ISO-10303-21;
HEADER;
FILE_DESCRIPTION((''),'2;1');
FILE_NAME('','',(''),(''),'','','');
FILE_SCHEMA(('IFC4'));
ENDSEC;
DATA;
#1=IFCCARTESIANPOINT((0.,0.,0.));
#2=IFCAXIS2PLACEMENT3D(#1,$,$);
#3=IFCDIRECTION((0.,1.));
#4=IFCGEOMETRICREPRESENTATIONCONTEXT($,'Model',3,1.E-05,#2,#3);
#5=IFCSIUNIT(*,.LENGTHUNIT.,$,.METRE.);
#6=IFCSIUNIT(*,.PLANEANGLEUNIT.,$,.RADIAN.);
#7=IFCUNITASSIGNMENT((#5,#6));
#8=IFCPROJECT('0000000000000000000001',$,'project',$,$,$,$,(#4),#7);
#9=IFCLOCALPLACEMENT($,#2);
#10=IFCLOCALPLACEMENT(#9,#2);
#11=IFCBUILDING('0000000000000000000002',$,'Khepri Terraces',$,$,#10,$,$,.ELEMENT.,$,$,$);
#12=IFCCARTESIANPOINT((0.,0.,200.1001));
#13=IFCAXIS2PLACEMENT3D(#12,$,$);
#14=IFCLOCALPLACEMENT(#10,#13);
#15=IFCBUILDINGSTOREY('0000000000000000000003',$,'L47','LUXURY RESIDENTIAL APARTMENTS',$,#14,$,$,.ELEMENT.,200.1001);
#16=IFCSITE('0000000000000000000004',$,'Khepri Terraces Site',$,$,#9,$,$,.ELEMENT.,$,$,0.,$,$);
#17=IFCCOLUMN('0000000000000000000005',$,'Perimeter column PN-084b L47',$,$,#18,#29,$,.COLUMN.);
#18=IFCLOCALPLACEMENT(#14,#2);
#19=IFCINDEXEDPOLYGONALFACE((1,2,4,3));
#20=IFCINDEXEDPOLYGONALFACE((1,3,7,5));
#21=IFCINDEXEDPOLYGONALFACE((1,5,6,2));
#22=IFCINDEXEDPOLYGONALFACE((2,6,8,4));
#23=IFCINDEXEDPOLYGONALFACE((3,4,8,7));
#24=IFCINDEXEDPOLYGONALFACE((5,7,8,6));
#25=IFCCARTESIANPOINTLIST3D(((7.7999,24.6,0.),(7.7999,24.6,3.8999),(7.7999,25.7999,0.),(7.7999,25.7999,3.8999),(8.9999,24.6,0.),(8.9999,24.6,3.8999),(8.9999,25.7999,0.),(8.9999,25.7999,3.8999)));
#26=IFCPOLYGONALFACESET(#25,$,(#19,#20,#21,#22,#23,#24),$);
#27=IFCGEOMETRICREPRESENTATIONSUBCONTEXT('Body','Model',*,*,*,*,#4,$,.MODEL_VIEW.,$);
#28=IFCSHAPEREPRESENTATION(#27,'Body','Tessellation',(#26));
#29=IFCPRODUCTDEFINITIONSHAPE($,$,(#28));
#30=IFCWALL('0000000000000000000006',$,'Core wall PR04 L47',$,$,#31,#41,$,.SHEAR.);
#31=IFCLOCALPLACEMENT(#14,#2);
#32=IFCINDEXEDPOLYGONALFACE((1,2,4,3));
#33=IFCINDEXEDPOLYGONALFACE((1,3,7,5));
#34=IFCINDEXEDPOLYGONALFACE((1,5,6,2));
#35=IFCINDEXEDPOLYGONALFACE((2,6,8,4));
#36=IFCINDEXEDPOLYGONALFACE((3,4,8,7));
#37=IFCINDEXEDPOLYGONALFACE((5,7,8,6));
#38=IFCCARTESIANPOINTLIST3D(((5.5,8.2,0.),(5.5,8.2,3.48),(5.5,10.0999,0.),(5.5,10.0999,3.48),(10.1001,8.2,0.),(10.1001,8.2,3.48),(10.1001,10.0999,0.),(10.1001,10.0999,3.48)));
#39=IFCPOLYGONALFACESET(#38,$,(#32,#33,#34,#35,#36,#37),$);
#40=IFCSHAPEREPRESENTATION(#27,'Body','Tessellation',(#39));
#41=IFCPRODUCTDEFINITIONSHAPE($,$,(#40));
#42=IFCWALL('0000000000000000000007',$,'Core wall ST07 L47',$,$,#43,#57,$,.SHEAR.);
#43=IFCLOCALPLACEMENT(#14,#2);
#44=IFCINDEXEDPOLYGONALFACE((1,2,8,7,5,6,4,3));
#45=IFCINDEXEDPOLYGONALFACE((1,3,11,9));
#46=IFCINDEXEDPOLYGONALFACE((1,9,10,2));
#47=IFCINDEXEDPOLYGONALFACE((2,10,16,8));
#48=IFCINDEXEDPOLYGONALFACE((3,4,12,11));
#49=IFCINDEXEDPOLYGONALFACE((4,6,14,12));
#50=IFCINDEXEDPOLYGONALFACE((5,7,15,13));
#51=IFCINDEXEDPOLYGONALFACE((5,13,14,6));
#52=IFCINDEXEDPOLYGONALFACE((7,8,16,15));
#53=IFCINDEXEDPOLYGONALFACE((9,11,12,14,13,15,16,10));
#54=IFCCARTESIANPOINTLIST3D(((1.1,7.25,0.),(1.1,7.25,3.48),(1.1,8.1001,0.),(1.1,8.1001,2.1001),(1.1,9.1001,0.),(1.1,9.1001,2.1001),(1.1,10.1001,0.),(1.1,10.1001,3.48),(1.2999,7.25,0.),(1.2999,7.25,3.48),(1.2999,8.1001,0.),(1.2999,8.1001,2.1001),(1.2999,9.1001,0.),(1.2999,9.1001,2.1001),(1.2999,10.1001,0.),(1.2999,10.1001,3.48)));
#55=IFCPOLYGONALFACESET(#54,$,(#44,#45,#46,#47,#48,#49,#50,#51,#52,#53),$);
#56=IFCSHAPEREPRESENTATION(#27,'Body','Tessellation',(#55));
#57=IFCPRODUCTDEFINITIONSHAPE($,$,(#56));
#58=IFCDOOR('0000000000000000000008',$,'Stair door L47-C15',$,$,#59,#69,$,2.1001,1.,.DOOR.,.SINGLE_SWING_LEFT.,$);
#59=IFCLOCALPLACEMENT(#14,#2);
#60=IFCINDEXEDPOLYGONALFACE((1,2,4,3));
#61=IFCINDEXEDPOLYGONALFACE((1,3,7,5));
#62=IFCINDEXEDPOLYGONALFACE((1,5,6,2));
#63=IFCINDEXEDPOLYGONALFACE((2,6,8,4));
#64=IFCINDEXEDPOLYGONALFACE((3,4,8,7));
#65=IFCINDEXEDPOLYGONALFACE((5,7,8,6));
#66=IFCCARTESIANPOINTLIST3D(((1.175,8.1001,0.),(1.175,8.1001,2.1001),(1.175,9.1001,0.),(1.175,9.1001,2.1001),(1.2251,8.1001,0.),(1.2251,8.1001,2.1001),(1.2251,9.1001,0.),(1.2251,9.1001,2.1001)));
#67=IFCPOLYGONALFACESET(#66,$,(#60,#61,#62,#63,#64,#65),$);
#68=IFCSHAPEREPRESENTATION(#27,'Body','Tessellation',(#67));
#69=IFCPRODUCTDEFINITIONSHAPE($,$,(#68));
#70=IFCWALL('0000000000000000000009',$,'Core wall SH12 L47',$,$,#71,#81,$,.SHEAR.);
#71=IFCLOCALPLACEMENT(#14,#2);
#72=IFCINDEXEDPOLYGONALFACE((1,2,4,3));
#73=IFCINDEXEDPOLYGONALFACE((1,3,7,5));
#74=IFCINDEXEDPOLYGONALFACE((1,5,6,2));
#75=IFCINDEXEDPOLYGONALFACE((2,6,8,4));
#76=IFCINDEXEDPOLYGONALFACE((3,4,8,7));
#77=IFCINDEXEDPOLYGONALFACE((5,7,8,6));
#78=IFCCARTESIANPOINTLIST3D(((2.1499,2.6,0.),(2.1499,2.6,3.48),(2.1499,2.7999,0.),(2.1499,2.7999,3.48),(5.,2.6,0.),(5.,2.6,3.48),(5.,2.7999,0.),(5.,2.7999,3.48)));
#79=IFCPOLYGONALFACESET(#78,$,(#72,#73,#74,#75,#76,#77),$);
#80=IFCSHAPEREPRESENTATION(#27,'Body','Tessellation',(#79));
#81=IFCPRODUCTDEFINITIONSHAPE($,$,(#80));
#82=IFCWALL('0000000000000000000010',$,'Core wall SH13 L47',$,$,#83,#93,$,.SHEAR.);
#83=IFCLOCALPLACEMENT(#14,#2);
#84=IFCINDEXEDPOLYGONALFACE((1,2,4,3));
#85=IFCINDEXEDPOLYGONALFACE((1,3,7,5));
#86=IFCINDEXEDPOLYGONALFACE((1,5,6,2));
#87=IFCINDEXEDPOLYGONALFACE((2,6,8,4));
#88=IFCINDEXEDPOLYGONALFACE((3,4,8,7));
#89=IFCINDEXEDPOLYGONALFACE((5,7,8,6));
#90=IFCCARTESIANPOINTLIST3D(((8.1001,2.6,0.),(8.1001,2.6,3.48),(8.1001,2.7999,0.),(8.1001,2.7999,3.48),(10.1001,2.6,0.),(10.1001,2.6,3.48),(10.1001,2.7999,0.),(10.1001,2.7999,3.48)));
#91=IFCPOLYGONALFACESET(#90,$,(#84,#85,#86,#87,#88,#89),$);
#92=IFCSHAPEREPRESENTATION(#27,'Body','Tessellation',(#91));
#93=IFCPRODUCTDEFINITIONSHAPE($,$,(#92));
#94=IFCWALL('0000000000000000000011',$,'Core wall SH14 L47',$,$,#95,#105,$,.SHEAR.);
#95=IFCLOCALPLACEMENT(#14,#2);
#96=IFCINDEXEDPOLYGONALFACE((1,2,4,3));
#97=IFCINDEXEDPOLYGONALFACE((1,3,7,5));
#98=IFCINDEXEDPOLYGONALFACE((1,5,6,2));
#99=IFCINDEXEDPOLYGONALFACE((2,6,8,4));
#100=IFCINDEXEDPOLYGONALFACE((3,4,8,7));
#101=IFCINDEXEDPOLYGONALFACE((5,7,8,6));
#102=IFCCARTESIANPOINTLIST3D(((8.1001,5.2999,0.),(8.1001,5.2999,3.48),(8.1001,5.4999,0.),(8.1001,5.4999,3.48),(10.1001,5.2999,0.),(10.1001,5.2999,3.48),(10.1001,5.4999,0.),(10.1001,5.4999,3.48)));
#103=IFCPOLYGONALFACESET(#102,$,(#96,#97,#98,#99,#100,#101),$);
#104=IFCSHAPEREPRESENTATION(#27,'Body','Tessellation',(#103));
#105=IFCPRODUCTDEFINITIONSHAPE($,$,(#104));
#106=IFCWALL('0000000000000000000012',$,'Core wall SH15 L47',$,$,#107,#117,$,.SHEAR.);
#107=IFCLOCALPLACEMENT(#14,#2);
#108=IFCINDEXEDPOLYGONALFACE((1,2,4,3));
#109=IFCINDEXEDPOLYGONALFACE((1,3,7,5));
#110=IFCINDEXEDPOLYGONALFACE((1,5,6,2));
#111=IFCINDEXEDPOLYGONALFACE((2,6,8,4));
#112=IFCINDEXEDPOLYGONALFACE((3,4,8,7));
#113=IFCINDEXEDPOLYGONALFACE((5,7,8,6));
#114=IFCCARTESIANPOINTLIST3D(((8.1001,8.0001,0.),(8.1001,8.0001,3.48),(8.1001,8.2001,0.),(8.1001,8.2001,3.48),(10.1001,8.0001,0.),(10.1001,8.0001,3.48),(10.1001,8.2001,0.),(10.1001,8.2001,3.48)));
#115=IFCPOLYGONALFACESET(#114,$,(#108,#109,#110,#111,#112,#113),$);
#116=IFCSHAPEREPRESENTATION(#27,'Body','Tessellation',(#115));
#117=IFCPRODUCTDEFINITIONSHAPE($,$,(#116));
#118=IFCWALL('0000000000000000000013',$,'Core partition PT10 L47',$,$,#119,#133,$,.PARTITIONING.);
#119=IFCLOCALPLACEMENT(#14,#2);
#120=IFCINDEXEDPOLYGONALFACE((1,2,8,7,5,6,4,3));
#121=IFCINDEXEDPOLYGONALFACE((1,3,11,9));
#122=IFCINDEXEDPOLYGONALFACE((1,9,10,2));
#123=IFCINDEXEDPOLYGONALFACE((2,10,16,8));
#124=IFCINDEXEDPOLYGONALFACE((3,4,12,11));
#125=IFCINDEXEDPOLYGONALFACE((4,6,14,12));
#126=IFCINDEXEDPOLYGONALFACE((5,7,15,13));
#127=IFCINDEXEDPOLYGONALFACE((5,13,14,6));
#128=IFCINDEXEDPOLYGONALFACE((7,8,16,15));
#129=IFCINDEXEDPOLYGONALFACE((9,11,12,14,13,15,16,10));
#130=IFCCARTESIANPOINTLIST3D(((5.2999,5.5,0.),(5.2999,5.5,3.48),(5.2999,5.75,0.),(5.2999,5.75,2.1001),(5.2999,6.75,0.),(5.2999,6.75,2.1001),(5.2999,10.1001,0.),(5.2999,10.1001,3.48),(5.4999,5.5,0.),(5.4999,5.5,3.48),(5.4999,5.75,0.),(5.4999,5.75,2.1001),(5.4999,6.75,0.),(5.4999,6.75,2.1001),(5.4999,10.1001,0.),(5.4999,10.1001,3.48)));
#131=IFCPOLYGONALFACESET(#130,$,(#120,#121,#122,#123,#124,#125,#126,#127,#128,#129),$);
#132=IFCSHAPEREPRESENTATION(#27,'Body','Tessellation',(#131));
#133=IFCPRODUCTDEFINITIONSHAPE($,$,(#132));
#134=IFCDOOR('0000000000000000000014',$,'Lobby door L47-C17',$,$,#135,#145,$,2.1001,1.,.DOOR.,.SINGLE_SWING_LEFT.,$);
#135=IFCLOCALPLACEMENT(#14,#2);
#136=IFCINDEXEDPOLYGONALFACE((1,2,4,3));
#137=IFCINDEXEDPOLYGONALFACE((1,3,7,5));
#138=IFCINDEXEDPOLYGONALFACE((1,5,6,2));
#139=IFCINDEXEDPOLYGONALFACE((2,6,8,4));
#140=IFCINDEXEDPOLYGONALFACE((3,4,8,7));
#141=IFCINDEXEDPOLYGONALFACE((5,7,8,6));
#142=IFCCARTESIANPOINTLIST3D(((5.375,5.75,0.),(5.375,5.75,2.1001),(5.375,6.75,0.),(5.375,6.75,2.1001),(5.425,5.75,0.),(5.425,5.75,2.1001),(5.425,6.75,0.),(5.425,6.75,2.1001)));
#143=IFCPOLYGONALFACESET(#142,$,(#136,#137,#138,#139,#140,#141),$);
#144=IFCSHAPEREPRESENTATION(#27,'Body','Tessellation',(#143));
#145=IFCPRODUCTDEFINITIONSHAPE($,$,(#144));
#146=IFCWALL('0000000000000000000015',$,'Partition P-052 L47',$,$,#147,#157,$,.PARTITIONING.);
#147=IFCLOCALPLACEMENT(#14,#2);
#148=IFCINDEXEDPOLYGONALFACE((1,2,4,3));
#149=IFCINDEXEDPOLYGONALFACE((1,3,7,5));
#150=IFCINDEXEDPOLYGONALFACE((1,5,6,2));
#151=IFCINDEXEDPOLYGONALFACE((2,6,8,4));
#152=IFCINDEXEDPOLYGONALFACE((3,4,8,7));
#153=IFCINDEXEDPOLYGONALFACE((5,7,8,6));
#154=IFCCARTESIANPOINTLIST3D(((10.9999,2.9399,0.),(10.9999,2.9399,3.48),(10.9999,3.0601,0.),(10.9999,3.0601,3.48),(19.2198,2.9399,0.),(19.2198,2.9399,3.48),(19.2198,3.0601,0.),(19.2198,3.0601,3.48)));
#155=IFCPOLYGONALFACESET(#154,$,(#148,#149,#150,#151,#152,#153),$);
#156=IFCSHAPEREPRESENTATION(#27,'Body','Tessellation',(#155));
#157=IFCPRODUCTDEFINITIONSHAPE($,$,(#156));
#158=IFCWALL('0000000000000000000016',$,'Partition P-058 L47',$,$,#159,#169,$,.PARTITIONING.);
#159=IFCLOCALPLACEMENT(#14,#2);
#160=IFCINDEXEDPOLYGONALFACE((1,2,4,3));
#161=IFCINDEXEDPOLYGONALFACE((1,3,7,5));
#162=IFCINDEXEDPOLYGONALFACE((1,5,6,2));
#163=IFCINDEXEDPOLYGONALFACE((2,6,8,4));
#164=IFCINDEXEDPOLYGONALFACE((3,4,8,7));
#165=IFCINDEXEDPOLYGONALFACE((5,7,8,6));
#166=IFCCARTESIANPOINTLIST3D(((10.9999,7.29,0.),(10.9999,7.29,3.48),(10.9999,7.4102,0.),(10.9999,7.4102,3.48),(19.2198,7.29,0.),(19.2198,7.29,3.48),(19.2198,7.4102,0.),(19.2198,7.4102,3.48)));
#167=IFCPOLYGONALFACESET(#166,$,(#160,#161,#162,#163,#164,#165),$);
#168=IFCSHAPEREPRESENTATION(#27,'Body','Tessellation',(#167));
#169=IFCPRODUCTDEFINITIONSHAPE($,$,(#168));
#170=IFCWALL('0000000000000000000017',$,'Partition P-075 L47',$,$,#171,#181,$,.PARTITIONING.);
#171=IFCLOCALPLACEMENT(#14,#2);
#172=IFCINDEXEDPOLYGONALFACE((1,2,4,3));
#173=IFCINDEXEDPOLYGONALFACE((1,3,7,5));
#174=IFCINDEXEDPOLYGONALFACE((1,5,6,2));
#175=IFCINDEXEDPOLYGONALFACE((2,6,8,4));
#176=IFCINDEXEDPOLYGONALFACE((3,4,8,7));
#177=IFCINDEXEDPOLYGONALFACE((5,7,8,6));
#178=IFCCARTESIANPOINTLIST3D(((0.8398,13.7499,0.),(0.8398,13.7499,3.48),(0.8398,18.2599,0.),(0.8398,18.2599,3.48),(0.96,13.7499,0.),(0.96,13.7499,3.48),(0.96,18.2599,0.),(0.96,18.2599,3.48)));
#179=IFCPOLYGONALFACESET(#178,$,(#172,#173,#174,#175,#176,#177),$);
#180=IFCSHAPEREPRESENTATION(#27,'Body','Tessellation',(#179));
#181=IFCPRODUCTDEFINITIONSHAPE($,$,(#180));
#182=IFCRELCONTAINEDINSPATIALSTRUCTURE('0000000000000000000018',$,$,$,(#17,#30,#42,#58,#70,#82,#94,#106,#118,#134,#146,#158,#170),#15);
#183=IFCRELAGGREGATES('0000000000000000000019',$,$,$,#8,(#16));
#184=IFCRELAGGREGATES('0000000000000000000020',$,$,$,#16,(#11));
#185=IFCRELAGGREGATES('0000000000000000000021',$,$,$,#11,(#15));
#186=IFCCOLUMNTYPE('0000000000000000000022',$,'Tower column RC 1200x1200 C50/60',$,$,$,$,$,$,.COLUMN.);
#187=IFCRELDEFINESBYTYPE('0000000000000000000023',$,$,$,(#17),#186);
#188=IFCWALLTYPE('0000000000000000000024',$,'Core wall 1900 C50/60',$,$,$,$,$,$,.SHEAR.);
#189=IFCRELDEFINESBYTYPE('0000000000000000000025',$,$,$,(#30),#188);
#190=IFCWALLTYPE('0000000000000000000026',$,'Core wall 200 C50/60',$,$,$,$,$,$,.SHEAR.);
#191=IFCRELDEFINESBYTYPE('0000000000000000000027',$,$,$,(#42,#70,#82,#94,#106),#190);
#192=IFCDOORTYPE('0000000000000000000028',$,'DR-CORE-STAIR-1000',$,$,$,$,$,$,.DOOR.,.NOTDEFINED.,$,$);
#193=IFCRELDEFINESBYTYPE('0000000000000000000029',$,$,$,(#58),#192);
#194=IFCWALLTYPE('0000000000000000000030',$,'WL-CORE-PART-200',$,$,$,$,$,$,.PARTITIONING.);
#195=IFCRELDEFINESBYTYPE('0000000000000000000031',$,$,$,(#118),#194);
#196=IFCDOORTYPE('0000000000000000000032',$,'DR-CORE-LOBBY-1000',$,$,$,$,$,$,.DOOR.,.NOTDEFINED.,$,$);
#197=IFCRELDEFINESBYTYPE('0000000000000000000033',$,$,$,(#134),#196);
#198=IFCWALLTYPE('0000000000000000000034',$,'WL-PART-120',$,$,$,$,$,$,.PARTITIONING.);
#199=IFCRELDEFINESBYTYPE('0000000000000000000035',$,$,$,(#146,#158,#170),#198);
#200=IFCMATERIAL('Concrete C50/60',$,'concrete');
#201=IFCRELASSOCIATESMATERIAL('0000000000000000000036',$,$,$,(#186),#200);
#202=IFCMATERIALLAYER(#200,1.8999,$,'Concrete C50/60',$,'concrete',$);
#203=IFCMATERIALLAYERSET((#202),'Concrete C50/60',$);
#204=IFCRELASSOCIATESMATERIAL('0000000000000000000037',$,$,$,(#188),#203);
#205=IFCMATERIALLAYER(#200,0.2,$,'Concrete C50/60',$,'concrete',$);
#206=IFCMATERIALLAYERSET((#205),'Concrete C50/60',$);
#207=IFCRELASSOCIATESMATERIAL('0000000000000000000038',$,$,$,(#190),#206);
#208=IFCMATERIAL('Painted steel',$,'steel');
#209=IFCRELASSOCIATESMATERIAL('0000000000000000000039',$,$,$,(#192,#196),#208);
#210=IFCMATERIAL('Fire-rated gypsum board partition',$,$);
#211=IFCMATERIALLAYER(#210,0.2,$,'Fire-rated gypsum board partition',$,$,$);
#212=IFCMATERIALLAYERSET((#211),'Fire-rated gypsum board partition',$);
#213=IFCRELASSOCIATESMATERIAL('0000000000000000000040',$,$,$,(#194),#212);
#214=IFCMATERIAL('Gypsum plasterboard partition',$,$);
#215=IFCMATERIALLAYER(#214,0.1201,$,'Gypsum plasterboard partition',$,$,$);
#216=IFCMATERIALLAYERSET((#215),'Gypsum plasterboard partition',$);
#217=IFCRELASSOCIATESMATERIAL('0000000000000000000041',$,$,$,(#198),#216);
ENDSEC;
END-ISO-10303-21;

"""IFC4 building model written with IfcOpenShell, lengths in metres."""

from ifc_helpers import new_model, si_unit, direction, frame, frame_2d, origin, origin_2d, place, context, subcontext, project, spatial, rectangle, extrude, material, layer, layer_set, material_profile, profile_set, type_object, element, fill, save


model = new_model("IFC4")

# Units and contexts
model_context = context("Model", 3, precision=1e-05, world=origin(), true_north=direction((0.0, 1.0)))
body_context = subcontext(model_context, "Body", "Model", "MODEL_VIEW")
ifc_project = project(units=[si_unit("LENGTHUNIT", "METRE"), si_unit("PLANEANGLEUNIT", "RADIAN")], contexts=[model_context])

# Site, building, storey
site_placement = place(None, origin())
site = spatial("IfcSite", under=ifc_project, at=site_placement, Name="Khepri Terraces Site", CompositionType="ELEMENT", RefElevation=0.0)
building_placement = place(site_placement, origin())
building = spatial("IfcBuilding", under=site, at=building_placement, Name="Khepri Terraces", CompositionType="ELEMENT")
storey_placement = place(building_placement, frame((0.0, 0.0, 200.1001)))
storey = spatial("IfcBuildingStorey", under=building, at=storey_placement, Name="L47", Description="LUXURY RESIDENTIAL APARTMENTS", CompositionType="ELEMENT", Elevation=200.1001)

# Column
ifc_material_1 = material(Name="Concrete C50/60", Category="concrete")
ifc_material_profile = material_profile(ifc_material_1, rectangle(XDim=1.2, YDim=1.2, at=origin_2d()), Name="Concrete C50/60", Category="concrete")
ifc_profile_set = profile_set([ifc_material_profile], Name="Concrete C50/60")
column_type = type_object("IfcColumnType", Name="Tower column RC 1200x1200 C50/60", PredefinedType="COLUMN", material=ifc_profile_set)
column_placement = place(storey_placement, frame((8.3999, 25.2, 0.0), z_axis=(0.0, 0.0, 1.0), x_axis=(1.0, 0.0, 0.0)))
element("IfcColumn", 1, at=column_placement, inside=storey, type_object=column_type, Name="Perimeter column PN-084b L47", PredefinedType="COLUMN", context=body_context, shape_type="SweptSolid", body=[
    extrude(rectangle(XDim=1.2, YDim=1.2, at=origin_2d()), origin(), (0.0, 0.0, 1.0), 3.8999),
])

# Wall
ifc_layer_1 = layer(ifc_material_1, 1.8999, Name="Concrete C50/60", Category="concrete")
ifc_layer_set_1 = layer_set([ifc_layer_1], Name="Concrete C50/60")
wall_type_1 = type_object("IfcWallType", Name="Core wall 1900 C50/60", PredefinedType="SHEAR", material=ifc_layer_set_1)
wall_1_placement = place(storey_placement, frame((5.5, 9.1499, 0.0), z_axis=(0.0, 0.0, 1.0), x_axis=(1.0, 0.0, 0.0)))
element("IfcWall", 2, at=wall_1_placement, inside=storey, type_object=wall_type_1, Name="Core wall PR04 L47", PredefinedType="SHEAR", context=body_context, shape_type="SweptSolid", body=[
    extrude(rectangle(XDim=4.6001, YDim=1.8999, at=frame_2d((2.3, 0.0))), origin(), (0.0, 0.0, 1.0), 3.48),
])

# Wall, opening, door
ifc_layer_2 = layer(ifc_material_1, 0.2, Name="Concrete C50/60", Category="concrete")
ifc_layer_set_2 = layer_set([ifc_layer_2], Name="Concrete C50/60")
wall_type_2 = type_object("IfcWallType", Name="Core wall 200 C50/60", PredefinedType="SHEAR", material=ifc_layer_set_2)
wall_2_placement = place(storey_placement, frame((1.2, 7.25, 0.0), z_axis=(0.0, 0.0, 1.0), x_axis=(0.0, 1.0, 0.0)))
wall_2 = element("IfcWall", 3, at=wall_2_placement, inside=storey, type_object=wall_type_2, Name="Core wall ST07 L47", PredefinedType="SHEAR", context=body_context, shape_type="SweptSolid", body=[
    extrude(rectangle(XDim=2.8501, YDim=0.2, at=frame_2d((1.425, 0.0))), origin(), (0.0, 0.0, 1.0), 3.48),
])
opening_1_placement = place(wall_2_placement, frame((0.8501, 0.0, 0.0)))
opening_1 = element("IfcOpeningElement", 4, at=opening_1_placement, cuts=wall_2, PredefinedType="OPENING", context=body_context, shape_type="SweptSolid", body=[
    extrude(rectangle(XDim=1.0, YDim=2.1001, at=frame_2d((0.5, 1.05))), frame((0.0, 0.1099, 0.0), z_axis=(0.0, -1.0, 0.0), x_axis=(1.0, 0.0, 0.0)), (0.0, 0.0, 1.0), 0.22),
])
ifc_material_2 = material(Name="Painted steel", Category="steel")
door_type_1 = type_object("IfcDoorType", Name="DR-CORE-STAIR-1000", OperationType="NOTDEFINED", PredefinedType="DOOR", material=ifc_material_2)
door_1_placement = place(opening_1_placement, origin())
door_1 = element("IfcDoor", 5, at=door_1_placement, inside=storey, type_object=door_type_1, Name="Stair door L47-C15", OperationType="SINGLE_SWING_LEFT", OverallHeight=2.1001, OverallWidth=1.0, PredefinedType="DOOR", context=body_context, shape_type="SweptSolid", body=[
    extrude(rectangle(XDim=1.0, YDim=2.1001, at=frame_2d((0.5, 1.05))), frame((0.0, 0.0249, 0.0), z_axis=(0.0, -1.0, 0.0), x_axis=(1.0, 0.0, 0.0)), (0.0, 0.0, 1.0), 0.05),
])
fill(opening_1, door_1)

# Walls
wall_3_placement = place(storey_placement, frame((2.1499, 2.7, 0.0), z_axis=(0.0, 0.0, 1.0), x_axis=(1.0, 0.0, 0.0)))
element("IfcWall", 6, at=wall_3_placement, inside=storey, type_object=wall_type_2, Name="Core wall SH12 L47", PredefinedType="SHEAR", context=body_context, shape_type="SweptSolid", body=[
    extrude(rectangle(XDim=2.8501, YDim=0.2, at=frame_2d((1.425, 0.0))), origin(), (0.0, 0.0, 1.0), 3.48),
])
for number, where, z_axis, x_axis, name in (
    (7, (8.1001, 2.7, 0.0), (0.0, 0.0, 1.0), (1.0, 0.0, 0.0), "Core wall SH13 L47"),
    (8, (8.1001, 5.3999, 0.0), (0.0, 0.0, 1.0), (1.0, 0.0, 0.0), "Core wall SH14 L47"),
    (9, (8.1001, 8.1001, 0.0), (0.0, 0.0, 1.0), (1.0, 0.0, 0.0), "Core wall SH15 L47"),
):
    element("IfcWall", number, at=place(storey_placement, frame(where, z_axis=z_axis, x_axis=x_axis)), inside=storey, type_object=wall_type_2, Name=name, PredefinedType="SHEAR", context=body_context, shape_type="SweptSolid", body=[
        extrude(rectangle(XDim=2.0, YDim=0.2, at=frame_2d((1.0, 0.0))), origin(), (0.0, 0.0, 1.0), 3.48),
    ])

# Wall, opening, door
ifc_material_3 = material(Name="Fire-rated gypsum board partition")
ifc_layer_3 = layer(ifc_material_3, 0.2, Name="Fire-rated gypsum board partition")
ifc_layer_set_3 = layer_set([ifc_layer_3], Name="Fire-rated gypsum board partition")
wall_type_3 = type_object("IfcWallType", Name="WL-CORE-PART-200", PredefinedType="PARTITIONING", material=ifc_layer_set_3)
wall_4_placement = place(storey_placement, frame((5.3999, 5.5, 0.0), z_axis=(0.0, 0.0, 1.0), x_axis=(0.0, 1.0, 0.0)))
wall_4 = element("IfcWall", 10, at=wall_4_placement, inside=storey, type_object=wall_type_3, Name="Core partition PT10 L47", PredefinedType="PARTITIONING", context=body_context, shape_type="SweptSolid", body=[
    extrude(rectangle(XDim=4.6001, YDim=0.2, at=frame_2d((2.3, 0.0))), origin(), (0.0, 0.0, 1.0), 3.48),
])
opening_2_placement = place(wall_4_placement, frame((0.25, 0.0, 0.0)))
opening_2 = element("IfcOpeningElement", 11, at=opening_2_placement, cuts=wall_4, PredefinedType="OPENING", context=body_context, shape_type="SweptSolid", body=[
    extrude(rectangle(XDim=1.0, YDim=2.1001, at=frame_2d((0.5, 1.05))), frame((0.0, 0.1099, 0.0), z_axis=(0.0, -1.0, 0.0), x_axis=(1.0, 0.0, 0.0)), (0.0, 0.0, 1.0), 0.22),
])
door_type_2 = type_object("IfcDoorType", Name="DR-CORE-LOBBY-1000", OperationType="NOTDEFINED", PredefinedType="DOOR", material=ifc_material_2)
door_2_placement = place(opening_2_placement, origin())
door_2 = element("IfcDoor", 12, at=door_2_placement, inside=storey, type_object=door_type_2, Name="Lobby door L47-C17", OperationType="SINGLE_SWING_LEFT", OverallHeight=2.1001, OverallWidth=1.0, PredefinedType="DOOR", context=body_context, shape_type="SweptSolid", body=[
    extrude(rectangle(XDim=1.0, YDim=2.1001, at=frame_2d((0.5, 1.05))), frame((0.0, 0.0249, 0.0), z_axis=(0.0, -1.0, 0.0), x_axis=(1.0, 0.0, 0.0)), (0.0, 0.0, 1.0), 0.05),
])
fill(opening_2, door_2)

# Walls
ifc_material_4 = material(Name="Gypsum plasterboard partition")
ifc_layer_4 = layer(ifc_material_4, 0.1201, Name="Gypsum plasterboard partition")
ifc_layer_set_4 = layer_set([ifc_layer_4], Name="Gypsum plasterboard partition")
wall_type_4 = type_object("IfcWallType", Name="WL-PART-120", PredefinedType="PARTITIONING", material=ifc_layer_set_4)
for number, where, z_axis, x_axis, name in (
    (13, (11.0, 3.0, 0.0), (0.0, 0.0, 1.0), (1.0, 0.0, 0.0), "Partition P-052 L47"),
    (14, (11.0, 7.3501, 0.0), (0.0, 0.0, 1.0), (1.0, 0.0, 0.0), "Partition P-058 L47"),
):
    element("IfcWall", number, at=place(storey_placement, frame(where, z_axis=z_axis, x_axis=x_axis)), inside=storey, type_object=wall_type_4, Name=name, PredefinedType="PARTITIONING", context=body_context, shape_type="SweptSolid", body=[
        extrude(rectangle(XDim=8.22, YDim=0.1201, at=frame_2d((4.1099, 0.0))), origin(), (0.0, 0.0, 1.0), 3.48),
    ])
for number, where, z_axis, x_axis, name in (
    (15, (0.8999, 13.75, 0.0), (0.0, 0.0, 1.0), (0.0, 1.0, 0.0), "Partition P-075 L47"),
):
    element("IfcWall", number, at=place(storey_placement, frame(where, z_axis=z_axis, x_axis=x_axis)), inside=storey, type_object=wall_type_4, Name=name, PredefinedType="PARTITIONING", context=body_context, shape_type="SweptSolid", body=[
        extrude(rectangle(XDim=4.51, YDim=0.1201, at=frame_2d((2.2549, 0.0))), origin(), (0.0, 0.0, 1.0), 3.48),
    ])

save(model, "model.ifc")
